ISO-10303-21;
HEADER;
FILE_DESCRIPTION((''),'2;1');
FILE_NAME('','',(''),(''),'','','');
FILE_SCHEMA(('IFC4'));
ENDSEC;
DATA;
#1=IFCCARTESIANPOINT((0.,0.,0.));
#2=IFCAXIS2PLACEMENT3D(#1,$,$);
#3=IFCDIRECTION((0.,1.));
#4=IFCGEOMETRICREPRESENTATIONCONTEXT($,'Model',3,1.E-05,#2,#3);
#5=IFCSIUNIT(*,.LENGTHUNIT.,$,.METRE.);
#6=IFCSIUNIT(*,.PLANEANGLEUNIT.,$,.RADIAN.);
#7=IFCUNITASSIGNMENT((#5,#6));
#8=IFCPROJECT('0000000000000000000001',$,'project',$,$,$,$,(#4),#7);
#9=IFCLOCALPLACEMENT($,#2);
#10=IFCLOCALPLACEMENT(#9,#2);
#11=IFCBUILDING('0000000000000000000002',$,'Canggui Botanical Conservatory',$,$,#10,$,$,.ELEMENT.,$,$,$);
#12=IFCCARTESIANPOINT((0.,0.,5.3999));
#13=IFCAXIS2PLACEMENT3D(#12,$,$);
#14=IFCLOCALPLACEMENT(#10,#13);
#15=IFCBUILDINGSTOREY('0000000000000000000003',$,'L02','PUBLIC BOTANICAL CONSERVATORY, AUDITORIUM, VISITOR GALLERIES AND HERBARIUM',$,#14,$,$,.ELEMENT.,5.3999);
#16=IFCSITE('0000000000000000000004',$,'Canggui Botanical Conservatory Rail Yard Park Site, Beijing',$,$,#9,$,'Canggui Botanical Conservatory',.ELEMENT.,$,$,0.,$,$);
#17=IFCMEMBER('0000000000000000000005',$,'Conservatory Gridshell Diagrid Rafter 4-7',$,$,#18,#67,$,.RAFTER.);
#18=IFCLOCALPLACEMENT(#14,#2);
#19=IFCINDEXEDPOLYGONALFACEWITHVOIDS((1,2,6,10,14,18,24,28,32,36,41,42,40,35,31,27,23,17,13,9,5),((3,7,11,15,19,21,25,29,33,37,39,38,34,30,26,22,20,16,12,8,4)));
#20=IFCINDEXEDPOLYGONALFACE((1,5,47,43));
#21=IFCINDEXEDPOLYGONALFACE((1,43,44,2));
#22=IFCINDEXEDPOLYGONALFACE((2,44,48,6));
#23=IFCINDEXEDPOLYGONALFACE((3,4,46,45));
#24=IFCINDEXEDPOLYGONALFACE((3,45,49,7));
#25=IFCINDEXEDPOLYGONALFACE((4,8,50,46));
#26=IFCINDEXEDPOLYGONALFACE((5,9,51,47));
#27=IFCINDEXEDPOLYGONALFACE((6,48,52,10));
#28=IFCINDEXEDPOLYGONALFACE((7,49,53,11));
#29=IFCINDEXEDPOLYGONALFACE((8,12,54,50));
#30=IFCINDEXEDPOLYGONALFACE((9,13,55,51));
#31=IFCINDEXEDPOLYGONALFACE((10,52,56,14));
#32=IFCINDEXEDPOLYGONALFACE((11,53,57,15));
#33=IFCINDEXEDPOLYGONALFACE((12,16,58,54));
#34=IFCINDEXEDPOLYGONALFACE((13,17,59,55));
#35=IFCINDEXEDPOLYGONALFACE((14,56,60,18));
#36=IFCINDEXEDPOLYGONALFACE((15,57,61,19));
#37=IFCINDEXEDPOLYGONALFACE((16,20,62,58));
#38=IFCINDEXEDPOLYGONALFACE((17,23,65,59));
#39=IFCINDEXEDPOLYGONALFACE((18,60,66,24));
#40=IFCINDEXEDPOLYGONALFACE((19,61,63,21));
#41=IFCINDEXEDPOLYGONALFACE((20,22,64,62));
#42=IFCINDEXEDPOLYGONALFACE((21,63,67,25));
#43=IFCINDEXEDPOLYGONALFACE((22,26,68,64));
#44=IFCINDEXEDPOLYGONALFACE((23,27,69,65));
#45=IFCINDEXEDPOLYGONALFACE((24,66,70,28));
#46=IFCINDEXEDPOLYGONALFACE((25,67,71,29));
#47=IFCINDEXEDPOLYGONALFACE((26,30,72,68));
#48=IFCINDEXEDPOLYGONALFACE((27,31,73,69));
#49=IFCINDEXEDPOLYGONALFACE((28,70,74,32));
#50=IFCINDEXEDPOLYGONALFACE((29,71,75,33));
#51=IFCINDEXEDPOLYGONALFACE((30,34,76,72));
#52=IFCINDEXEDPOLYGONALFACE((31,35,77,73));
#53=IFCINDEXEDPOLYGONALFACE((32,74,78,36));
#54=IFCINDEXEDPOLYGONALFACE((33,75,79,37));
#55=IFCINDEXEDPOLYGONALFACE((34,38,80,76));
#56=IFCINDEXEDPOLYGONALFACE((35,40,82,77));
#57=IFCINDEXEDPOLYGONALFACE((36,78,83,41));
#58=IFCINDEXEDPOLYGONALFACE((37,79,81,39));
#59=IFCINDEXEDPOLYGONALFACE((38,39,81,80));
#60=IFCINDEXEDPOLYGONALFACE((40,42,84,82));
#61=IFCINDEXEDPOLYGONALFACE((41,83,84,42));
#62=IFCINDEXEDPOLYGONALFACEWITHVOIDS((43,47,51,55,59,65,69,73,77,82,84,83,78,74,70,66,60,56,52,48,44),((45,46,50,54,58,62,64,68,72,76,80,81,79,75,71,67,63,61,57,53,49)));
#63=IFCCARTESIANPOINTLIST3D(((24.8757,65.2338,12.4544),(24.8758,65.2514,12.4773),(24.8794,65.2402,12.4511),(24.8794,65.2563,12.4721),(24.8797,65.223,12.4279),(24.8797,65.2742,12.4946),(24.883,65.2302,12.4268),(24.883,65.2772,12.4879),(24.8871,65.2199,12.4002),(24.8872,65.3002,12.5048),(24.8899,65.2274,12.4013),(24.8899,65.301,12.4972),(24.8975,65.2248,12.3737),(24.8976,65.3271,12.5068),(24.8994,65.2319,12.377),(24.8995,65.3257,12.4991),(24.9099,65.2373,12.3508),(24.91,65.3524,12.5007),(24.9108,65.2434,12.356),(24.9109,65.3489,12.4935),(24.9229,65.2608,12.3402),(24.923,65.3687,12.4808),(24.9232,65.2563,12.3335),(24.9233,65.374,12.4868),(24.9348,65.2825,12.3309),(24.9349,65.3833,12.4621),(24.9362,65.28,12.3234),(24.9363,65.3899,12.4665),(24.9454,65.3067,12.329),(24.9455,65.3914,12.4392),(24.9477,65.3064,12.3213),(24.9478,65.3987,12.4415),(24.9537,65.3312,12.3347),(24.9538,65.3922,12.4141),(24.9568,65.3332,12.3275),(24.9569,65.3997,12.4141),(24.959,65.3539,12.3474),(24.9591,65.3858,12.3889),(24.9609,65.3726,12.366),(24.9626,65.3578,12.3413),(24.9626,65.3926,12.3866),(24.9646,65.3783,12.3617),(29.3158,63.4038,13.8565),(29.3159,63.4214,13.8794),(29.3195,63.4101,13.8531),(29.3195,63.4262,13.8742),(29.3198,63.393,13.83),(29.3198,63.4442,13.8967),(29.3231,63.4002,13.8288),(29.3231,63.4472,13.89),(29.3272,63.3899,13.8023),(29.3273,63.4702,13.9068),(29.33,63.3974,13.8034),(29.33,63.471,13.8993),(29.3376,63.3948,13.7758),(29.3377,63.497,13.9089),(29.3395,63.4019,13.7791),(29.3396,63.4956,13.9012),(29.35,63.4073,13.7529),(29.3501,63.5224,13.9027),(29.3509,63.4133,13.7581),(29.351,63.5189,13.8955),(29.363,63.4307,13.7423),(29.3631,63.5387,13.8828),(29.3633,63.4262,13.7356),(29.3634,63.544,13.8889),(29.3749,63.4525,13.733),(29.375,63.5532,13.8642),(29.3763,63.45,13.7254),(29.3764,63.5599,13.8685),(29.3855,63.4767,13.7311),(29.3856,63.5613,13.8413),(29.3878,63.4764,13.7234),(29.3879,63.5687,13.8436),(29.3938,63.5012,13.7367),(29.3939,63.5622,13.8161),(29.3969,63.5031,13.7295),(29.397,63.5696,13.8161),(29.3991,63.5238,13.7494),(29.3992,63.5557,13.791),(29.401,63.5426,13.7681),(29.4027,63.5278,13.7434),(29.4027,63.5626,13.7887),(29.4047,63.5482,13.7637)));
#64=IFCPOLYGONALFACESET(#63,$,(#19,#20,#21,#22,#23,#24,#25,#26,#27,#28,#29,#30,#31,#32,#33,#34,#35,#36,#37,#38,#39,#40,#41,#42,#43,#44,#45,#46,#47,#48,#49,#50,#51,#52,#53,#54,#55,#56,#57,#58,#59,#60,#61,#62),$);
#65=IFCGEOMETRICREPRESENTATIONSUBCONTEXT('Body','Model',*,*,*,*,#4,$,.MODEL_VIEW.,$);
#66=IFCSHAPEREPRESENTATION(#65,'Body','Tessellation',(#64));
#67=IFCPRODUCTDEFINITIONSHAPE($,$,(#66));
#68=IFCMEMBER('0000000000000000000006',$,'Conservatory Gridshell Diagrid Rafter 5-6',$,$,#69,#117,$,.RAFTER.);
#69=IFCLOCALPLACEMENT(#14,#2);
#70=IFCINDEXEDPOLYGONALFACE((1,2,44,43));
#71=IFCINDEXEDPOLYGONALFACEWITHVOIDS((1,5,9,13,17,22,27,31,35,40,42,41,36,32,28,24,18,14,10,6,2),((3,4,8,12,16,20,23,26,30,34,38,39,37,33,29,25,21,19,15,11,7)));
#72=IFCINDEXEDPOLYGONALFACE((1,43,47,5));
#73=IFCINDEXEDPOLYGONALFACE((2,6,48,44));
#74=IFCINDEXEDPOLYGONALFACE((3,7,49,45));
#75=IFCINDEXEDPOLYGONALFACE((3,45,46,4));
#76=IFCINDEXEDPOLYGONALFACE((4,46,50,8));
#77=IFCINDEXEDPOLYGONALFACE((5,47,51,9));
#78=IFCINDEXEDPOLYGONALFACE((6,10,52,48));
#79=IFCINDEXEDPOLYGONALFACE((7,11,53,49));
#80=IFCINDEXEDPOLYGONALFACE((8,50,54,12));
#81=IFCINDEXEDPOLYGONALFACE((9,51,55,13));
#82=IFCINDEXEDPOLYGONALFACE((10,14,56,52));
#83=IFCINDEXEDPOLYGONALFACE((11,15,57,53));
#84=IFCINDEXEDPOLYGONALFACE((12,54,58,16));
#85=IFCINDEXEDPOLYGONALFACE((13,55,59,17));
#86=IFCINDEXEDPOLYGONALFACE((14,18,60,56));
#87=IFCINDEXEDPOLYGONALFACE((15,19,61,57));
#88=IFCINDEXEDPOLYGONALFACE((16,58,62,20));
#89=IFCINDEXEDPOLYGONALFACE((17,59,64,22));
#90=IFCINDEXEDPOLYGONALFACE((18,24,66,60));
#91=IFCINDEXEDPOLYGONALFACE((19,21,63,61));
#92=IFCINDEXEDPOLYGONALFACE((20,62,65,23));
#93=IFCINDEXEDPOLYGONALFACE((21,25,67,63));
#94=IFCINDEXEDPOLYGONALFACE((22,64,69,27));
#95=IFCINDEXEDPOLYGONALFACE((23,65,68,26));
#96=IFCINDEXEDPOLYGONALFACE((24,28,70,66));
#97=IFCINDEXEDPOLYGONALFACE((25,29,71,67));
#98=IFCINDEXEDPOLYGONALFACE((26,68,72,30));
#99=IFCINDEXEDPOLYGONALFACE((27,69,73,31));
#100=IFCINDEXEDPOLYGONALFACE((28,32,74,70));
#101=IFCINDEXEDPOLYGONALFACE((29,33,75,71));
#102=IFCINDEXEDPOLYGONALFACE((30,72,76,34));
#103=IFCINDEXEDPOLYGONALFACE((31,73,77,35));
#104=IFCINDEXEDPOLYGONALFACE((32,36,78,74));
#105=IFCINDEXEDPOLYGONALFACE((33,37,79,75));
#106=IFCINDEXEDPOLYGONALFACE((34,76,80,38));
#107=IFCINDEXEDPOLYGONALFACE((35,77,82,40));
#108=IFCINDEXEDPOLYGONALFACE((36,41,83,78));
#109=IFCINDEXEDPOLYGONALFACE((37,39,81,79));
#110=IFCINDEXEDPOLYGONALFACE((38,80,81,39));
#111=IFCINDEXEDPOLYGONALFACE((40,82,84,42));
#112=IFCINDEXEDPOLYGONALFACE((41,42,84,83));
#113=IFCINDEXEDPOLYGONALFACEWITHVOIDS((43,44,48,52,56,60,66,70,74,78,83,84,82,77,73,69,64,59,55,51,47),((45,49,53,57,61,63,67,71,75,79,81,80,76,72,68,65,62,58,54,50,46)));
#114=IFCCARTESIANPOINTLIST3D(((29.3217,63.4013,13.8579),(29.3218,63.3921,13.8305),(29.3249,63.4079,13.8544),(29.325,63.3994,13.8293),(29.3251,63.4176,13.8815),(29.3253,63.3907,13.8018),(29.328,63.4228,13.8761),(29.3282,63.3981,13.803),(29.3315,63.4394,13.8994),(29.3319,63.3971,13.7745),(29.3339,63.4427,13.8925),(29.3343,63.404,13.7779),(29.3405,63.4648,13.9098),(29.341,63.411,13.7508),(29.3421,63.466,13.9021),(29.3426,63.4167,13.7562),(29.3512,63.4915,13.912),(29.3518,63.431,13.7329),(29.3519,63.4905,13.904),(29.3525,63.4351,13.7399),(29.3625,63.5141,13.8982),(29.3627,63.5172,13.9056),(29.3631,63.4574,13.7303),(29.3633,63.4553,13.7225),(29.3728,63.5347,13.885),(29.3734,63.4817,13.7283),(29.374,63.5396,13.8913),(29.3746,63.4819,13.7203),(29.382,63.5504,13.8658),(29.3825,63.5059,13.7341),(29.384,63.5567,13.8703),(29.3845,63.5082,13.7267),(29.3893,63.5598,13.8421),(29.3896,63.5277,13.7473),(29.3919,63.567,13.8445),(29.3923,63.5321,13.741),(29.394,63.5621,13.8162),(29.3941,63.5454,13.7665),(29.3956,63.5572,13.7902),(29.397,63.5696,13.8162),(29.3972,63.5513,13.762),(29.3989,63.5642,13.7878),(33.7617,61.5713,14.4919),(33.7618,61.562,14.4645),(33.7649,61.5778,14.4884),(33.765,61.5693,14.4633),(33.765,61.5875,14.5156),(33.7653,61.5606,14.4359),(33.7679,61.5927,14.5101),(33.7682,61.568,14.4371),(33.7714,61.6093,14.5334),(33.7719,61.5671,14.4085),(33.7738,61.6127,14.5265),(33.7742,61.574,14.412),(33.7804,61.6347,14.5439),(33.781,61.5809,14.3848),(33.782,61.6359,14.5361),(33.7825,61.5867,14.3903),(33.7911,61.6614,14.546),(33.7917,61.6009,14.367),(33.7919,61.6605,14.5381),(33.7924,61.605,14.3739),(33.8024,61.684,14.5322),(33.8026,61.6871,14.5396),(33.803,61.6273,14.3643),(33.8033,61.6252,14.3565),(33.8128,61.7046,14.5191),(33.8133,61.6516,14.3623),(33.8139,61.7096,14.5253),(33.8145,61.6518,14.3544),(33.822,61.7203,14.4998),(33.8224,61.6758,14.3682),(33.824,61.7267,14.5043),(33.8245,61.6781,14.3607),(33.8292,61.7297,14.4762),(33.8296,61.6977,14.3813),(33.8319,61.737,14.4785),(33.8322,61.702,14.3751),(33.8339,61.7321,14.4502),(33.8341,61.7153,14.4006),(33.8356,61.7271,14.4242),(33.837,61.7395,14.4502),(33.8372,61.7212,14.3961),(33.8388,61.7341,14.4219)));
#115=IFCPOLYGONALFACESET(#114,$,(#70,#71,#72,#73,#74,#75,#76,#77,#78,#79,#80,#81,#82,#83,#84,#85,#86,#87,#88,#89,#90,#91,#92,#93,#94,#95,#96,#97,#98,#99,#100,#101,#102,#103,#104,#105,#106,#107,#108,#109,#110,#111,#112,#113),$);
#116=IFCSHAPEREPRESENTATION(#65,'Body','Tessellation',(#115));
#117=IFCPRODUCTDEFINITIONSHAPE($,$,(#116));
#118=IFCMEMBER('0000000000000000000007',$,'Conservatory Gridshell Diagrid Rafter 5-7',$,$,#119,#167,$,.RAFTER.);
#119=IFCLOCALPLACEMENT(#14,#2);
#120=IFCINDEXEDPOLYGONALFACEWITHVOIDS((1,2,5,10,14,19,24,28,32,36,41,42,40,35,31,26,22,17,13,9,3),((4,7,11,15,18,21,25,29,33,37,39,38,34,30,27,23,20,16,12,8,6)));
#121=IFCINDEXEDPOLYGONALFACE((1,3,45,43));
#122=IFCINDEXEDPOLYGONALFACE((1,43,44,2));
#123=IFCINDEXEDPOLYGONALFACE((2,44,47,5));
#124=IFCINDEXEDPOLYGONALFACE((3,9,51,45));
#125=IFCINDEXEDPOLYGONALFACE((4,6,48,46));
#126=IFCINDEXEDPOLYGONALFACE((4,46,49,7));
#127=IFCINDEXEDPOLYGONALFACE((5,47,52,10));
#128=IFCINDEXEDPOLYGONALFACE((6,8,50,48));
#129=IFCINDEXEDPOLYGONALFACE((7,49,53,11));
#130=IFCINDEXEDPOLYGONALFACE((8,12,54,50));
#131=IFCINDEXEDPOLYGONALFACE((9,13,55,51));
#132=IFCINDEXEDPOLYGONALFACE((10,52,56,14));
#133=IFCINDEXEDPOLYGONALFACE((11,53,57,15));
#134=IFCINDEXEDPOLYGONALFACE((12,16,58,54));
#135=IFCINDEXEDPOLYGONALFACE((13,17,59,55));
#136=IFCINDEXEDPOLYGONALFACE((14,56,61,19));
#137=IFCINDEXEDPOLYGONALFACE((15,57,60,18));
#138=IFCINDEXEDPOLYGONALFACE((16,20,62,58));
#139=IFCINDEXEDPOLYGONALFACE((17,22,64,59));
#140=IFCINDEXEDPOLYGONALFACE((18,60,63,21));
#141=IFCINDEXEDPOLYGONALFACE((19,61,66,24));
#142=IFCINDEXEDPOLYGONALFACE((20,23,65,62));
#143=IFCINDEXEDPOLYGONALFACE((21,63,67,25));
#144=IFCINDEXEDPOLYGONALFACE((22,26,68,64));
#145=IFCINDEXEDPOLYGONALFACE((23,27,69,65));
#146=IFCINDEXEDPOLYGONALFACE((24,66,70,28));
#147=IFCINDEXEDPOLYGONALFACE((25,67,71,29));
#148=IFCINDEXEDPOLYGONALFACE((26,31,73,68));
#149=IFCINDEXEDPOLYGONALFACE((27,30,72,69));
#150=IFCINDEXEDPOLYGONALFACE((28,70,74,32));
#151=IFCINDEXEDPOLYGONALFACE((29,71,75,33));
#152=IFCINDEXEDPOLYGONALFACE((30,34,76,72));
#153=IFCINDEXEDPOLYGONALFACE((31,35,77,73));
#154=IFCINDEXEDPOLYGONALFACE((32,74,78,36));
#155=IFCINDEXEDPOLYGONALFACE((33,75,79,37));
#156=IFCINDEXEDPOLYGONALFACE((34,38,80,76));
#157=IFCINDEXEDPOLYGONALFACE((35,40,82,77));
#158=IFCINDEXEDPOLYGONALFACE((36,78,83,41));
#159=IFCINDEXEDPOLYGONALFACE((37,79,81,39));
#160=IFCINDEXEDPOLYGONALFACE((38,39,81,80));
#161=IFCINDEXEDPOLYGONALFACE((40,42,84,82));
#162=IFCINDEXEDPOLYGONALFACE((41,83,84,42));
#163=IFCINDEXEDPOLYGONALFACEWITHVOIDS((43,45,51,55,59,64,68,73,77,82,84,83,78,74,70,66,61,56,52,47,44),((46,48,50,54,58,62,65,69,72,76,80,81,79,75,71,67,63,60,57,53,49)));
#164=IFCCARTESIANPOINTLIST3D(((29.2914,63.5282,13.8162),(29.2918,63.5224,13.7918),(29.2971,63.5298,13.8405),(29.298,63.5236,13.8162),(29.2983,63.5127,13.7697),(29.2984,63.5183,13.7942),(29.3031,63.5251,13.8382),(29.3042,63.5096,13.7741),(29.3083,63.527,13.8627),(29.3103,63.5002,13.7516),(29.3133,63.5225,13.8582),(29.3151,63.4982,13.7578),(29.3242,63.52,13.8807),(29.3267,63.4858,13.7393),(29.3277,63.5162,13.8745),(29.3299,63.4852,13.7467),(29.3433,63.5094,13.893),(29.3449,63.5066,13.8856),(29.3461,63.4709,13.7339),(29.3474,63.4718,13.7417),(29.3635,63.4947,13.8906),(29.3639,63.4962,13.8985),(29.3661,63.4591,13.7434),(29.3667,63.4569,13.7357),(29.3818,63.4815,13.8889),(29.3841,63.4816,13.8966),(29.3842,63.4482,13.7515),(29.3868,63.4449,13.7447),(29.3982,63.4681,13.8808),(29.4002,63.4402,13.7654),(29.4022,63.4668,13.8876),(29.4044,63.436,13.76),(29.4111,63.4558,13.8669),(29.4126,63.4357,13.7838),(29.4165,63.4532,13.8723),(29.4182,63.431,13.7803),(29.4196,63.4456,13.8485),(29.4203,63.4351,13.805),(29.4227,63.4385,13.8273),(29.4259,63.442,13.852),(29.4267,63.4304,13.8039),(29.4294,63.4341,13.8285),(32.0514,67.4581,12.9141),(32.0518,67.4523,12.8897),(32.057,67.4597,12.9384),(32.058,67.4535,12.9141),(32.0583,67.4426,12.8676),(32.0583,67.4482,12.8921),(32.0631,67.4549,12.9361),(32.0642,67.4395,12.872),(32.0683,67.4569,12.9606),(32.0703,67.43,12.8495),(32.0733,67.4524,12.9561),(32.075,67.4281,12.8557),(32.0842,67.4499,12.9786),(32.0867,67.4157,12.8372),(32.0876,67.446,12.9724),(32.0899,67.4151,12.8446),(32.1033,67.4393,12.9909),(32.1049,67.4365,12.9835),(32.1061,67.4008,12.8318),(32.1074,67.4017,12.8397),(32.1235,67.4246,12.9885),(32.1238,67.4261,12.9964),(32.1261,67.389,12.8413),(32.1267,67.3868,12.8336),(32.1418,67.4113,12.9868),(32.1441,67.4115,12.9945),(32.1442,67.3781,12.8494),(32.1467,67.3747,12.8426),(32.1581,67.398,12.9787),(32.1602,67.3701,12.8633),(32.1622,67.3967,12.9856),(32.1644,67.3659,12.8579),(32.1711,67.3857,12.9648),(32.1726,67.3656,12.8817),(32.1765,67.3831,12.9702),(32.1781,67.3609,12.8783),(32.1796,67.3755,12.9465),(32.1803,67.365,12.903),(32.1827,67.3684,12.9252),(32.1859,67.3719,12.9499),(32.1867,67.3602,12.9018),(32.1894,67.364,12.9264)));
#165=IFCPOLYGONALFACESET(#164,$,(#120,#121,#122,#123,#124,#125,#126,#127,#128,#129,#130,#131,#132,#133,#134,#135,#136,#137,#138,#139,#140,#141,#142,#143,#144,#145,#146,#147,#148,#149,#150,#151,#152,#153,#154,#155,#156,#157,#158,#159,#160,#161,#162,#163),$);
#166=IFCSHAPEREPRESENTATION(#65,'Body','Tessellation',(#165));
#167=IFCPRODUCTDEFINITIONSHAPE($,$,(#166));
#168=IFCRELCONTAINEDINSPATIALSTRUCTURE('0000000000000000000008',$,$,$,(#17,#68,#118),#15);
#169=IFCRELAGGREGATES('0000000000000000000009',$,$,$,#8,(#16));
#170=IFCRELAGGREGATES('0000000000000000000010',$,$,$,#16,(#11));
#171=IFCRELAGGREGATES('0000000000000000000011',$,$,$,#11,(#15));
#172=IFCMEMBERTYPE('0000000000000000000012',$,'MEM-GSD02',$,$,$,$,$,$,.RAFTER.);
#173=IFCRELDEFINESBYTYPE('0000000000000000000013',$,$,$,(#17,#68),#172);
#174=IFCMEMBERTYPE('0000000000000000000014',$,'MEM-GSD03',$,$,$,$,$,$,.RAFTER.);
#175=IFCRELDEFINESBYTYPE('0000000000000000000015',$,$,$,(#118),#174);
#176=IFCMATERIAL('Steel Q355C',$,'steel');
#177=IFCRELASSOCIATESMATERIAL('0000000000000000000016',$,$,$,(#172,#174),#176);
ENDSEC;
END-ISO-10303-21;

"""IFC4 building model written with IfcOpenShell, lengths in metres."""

from ifc_helpers import new_model, si_unit, direction, frame, origin, origin_2d, place, context, subcontext, project, spatial, hollow_circle, extrude, material, material_profile, profile_set, type_object, element, save


model = new_model("IFC4")

# Units and contexts
model_context = context("Model", 3, precision=1e-05, world=origin(), true_north=direction((0.0, 1.0)))
body_context = subcontext(model_context, "Body", "Model", "MODEL_VIEW")
ifc_project = project(units=[si_unit("LENGTHUNIT", "METRE"), si_unit("PLANEANGLEUNIT", "RADIAN")], contexts=[model_context])

# Site, building, storey
site_placement = place(None, origin())
site = spatial("IfcSite", under=ifc_project, at=site_placement, Name="Canggui Botanical Conservatory Rail Yard Park Site, Beijing", LongName="Canggui Botanical Conservatory", CompositionType="ELEMENT", RefElevation=0.0)
building_placement = place(site_placement, origin())
building = spatial("IfcBuilding", under=site, at=building_placement, Name="Canggui Botanical Conservatory", CompositionType="ELEMENT")
storey_placement = place(building_placement, frame((0.0, 0.0, 5.3999)))
storey = spatial("IfcBuildingStorey", under=building, at=storey_placement, Name="L02", Description="PUBLIC BOTANICAL CONSERVATORY, AUDITORIUM, VISITOR GALLERIES AND HERBARIUM", CompositionType="ELEMENT", Elevation=5.3999)

# Shared definitions
ifc_material_1 = material(Name="Steel Q355C", Category="steel")

# Members
ifc_material_profile_1 = material_profile(ifc_material_1, hollow_circle(Radius=0.0969, WallThickness=0.0081, at=origin_2d()), Name="CHS 194x8")
ifc_profile_set_1 = profile_set([ifc_material_profile_1], Name="Steel Q355C")
member_type_1 = type_object("IfcMemberType", Name="MEM-GSD02", PredefinedType="RAFTER", material=ifc_profile_set_1)
member_1_placement = place(storey_placement, frame((24.9199, 65.3101, 12.4141), z_axis=(0.887499, -0.365794, 0.28025), x_axis=(0.381064, 0.924549, 0.0)))
element("IfcMember", 1, at=member_1_placement, inside=storey, type_object=member_type_1, Name="Conservatory Gridshell Diagrid Rafter 4-7", PredefinedType="RAFTER", context=body_context, shape_type="SweptSolid", body=[
    extrude(hollow_circle(Radius=0.0969, WallThickness=0.0081, at=origin_2d()), origin(), (0.0, 0.0, 1.0), 5.0029),
])
member_2_placement = place(storey_placement, frame((29.3601, 63.48, 13.8162), z_axis=(0.916587, -0.377804, 0.130891), x_axis=(0.381082, 0.924541, 0.0)))
element("IfcMember", 2, at=member_2_placement, inside=storey, type_object=member_type_1, Name="Conservatory Gridshell Diagrid Rafter 5-6", PredefinedType="RAFTER", context=body_context, shape_type="SweptSolid", body=[
    extrude(hollow_circle(Radius=0.0969, WallThickness=0.0081, at=origin_2d()), origin(), (0.0, 0.0, 1.0), 4.844),
])
ifc_material_profile_2 = material_profile(ifc_material_1, hollow_circle(Radius=0.084, WallThickness=0.0081, at=origin_2d()), Name="CHS 168x8")
ifc_profile_set_2 = profile_set([ifc_material_profile_2], Name="Steel Q355C")
member_type_2 = type_object("IfcMemberType", Name="MEM-GSD03", PredefinedType="RAFTER", material=ifc_profile_set_2)
member_3_placement = place(storey_placement, frame((29.3601, 63.48, 13.8162), z_axis=(0.564848, 0.804278, -0.184619), x_axis=(-0.818345, 0.574728, 0.0)))
element("IfcMember", 3, at=member_3_placement, inside=storey, type_object=member_type_2, Name="Conservatory Gridshell Diagrid Rafter 5-7", PredefinedType="RAFTER", context=body_context, shape_type="SweptSolid", body=[
    extrude(hollow_circle(Radius=0.084, WallThickness=0.0081, at=origin_2d()), origin(), (0.0, 0.0, 1.0), 4.8862),
])

save(model, "model.ifc")
